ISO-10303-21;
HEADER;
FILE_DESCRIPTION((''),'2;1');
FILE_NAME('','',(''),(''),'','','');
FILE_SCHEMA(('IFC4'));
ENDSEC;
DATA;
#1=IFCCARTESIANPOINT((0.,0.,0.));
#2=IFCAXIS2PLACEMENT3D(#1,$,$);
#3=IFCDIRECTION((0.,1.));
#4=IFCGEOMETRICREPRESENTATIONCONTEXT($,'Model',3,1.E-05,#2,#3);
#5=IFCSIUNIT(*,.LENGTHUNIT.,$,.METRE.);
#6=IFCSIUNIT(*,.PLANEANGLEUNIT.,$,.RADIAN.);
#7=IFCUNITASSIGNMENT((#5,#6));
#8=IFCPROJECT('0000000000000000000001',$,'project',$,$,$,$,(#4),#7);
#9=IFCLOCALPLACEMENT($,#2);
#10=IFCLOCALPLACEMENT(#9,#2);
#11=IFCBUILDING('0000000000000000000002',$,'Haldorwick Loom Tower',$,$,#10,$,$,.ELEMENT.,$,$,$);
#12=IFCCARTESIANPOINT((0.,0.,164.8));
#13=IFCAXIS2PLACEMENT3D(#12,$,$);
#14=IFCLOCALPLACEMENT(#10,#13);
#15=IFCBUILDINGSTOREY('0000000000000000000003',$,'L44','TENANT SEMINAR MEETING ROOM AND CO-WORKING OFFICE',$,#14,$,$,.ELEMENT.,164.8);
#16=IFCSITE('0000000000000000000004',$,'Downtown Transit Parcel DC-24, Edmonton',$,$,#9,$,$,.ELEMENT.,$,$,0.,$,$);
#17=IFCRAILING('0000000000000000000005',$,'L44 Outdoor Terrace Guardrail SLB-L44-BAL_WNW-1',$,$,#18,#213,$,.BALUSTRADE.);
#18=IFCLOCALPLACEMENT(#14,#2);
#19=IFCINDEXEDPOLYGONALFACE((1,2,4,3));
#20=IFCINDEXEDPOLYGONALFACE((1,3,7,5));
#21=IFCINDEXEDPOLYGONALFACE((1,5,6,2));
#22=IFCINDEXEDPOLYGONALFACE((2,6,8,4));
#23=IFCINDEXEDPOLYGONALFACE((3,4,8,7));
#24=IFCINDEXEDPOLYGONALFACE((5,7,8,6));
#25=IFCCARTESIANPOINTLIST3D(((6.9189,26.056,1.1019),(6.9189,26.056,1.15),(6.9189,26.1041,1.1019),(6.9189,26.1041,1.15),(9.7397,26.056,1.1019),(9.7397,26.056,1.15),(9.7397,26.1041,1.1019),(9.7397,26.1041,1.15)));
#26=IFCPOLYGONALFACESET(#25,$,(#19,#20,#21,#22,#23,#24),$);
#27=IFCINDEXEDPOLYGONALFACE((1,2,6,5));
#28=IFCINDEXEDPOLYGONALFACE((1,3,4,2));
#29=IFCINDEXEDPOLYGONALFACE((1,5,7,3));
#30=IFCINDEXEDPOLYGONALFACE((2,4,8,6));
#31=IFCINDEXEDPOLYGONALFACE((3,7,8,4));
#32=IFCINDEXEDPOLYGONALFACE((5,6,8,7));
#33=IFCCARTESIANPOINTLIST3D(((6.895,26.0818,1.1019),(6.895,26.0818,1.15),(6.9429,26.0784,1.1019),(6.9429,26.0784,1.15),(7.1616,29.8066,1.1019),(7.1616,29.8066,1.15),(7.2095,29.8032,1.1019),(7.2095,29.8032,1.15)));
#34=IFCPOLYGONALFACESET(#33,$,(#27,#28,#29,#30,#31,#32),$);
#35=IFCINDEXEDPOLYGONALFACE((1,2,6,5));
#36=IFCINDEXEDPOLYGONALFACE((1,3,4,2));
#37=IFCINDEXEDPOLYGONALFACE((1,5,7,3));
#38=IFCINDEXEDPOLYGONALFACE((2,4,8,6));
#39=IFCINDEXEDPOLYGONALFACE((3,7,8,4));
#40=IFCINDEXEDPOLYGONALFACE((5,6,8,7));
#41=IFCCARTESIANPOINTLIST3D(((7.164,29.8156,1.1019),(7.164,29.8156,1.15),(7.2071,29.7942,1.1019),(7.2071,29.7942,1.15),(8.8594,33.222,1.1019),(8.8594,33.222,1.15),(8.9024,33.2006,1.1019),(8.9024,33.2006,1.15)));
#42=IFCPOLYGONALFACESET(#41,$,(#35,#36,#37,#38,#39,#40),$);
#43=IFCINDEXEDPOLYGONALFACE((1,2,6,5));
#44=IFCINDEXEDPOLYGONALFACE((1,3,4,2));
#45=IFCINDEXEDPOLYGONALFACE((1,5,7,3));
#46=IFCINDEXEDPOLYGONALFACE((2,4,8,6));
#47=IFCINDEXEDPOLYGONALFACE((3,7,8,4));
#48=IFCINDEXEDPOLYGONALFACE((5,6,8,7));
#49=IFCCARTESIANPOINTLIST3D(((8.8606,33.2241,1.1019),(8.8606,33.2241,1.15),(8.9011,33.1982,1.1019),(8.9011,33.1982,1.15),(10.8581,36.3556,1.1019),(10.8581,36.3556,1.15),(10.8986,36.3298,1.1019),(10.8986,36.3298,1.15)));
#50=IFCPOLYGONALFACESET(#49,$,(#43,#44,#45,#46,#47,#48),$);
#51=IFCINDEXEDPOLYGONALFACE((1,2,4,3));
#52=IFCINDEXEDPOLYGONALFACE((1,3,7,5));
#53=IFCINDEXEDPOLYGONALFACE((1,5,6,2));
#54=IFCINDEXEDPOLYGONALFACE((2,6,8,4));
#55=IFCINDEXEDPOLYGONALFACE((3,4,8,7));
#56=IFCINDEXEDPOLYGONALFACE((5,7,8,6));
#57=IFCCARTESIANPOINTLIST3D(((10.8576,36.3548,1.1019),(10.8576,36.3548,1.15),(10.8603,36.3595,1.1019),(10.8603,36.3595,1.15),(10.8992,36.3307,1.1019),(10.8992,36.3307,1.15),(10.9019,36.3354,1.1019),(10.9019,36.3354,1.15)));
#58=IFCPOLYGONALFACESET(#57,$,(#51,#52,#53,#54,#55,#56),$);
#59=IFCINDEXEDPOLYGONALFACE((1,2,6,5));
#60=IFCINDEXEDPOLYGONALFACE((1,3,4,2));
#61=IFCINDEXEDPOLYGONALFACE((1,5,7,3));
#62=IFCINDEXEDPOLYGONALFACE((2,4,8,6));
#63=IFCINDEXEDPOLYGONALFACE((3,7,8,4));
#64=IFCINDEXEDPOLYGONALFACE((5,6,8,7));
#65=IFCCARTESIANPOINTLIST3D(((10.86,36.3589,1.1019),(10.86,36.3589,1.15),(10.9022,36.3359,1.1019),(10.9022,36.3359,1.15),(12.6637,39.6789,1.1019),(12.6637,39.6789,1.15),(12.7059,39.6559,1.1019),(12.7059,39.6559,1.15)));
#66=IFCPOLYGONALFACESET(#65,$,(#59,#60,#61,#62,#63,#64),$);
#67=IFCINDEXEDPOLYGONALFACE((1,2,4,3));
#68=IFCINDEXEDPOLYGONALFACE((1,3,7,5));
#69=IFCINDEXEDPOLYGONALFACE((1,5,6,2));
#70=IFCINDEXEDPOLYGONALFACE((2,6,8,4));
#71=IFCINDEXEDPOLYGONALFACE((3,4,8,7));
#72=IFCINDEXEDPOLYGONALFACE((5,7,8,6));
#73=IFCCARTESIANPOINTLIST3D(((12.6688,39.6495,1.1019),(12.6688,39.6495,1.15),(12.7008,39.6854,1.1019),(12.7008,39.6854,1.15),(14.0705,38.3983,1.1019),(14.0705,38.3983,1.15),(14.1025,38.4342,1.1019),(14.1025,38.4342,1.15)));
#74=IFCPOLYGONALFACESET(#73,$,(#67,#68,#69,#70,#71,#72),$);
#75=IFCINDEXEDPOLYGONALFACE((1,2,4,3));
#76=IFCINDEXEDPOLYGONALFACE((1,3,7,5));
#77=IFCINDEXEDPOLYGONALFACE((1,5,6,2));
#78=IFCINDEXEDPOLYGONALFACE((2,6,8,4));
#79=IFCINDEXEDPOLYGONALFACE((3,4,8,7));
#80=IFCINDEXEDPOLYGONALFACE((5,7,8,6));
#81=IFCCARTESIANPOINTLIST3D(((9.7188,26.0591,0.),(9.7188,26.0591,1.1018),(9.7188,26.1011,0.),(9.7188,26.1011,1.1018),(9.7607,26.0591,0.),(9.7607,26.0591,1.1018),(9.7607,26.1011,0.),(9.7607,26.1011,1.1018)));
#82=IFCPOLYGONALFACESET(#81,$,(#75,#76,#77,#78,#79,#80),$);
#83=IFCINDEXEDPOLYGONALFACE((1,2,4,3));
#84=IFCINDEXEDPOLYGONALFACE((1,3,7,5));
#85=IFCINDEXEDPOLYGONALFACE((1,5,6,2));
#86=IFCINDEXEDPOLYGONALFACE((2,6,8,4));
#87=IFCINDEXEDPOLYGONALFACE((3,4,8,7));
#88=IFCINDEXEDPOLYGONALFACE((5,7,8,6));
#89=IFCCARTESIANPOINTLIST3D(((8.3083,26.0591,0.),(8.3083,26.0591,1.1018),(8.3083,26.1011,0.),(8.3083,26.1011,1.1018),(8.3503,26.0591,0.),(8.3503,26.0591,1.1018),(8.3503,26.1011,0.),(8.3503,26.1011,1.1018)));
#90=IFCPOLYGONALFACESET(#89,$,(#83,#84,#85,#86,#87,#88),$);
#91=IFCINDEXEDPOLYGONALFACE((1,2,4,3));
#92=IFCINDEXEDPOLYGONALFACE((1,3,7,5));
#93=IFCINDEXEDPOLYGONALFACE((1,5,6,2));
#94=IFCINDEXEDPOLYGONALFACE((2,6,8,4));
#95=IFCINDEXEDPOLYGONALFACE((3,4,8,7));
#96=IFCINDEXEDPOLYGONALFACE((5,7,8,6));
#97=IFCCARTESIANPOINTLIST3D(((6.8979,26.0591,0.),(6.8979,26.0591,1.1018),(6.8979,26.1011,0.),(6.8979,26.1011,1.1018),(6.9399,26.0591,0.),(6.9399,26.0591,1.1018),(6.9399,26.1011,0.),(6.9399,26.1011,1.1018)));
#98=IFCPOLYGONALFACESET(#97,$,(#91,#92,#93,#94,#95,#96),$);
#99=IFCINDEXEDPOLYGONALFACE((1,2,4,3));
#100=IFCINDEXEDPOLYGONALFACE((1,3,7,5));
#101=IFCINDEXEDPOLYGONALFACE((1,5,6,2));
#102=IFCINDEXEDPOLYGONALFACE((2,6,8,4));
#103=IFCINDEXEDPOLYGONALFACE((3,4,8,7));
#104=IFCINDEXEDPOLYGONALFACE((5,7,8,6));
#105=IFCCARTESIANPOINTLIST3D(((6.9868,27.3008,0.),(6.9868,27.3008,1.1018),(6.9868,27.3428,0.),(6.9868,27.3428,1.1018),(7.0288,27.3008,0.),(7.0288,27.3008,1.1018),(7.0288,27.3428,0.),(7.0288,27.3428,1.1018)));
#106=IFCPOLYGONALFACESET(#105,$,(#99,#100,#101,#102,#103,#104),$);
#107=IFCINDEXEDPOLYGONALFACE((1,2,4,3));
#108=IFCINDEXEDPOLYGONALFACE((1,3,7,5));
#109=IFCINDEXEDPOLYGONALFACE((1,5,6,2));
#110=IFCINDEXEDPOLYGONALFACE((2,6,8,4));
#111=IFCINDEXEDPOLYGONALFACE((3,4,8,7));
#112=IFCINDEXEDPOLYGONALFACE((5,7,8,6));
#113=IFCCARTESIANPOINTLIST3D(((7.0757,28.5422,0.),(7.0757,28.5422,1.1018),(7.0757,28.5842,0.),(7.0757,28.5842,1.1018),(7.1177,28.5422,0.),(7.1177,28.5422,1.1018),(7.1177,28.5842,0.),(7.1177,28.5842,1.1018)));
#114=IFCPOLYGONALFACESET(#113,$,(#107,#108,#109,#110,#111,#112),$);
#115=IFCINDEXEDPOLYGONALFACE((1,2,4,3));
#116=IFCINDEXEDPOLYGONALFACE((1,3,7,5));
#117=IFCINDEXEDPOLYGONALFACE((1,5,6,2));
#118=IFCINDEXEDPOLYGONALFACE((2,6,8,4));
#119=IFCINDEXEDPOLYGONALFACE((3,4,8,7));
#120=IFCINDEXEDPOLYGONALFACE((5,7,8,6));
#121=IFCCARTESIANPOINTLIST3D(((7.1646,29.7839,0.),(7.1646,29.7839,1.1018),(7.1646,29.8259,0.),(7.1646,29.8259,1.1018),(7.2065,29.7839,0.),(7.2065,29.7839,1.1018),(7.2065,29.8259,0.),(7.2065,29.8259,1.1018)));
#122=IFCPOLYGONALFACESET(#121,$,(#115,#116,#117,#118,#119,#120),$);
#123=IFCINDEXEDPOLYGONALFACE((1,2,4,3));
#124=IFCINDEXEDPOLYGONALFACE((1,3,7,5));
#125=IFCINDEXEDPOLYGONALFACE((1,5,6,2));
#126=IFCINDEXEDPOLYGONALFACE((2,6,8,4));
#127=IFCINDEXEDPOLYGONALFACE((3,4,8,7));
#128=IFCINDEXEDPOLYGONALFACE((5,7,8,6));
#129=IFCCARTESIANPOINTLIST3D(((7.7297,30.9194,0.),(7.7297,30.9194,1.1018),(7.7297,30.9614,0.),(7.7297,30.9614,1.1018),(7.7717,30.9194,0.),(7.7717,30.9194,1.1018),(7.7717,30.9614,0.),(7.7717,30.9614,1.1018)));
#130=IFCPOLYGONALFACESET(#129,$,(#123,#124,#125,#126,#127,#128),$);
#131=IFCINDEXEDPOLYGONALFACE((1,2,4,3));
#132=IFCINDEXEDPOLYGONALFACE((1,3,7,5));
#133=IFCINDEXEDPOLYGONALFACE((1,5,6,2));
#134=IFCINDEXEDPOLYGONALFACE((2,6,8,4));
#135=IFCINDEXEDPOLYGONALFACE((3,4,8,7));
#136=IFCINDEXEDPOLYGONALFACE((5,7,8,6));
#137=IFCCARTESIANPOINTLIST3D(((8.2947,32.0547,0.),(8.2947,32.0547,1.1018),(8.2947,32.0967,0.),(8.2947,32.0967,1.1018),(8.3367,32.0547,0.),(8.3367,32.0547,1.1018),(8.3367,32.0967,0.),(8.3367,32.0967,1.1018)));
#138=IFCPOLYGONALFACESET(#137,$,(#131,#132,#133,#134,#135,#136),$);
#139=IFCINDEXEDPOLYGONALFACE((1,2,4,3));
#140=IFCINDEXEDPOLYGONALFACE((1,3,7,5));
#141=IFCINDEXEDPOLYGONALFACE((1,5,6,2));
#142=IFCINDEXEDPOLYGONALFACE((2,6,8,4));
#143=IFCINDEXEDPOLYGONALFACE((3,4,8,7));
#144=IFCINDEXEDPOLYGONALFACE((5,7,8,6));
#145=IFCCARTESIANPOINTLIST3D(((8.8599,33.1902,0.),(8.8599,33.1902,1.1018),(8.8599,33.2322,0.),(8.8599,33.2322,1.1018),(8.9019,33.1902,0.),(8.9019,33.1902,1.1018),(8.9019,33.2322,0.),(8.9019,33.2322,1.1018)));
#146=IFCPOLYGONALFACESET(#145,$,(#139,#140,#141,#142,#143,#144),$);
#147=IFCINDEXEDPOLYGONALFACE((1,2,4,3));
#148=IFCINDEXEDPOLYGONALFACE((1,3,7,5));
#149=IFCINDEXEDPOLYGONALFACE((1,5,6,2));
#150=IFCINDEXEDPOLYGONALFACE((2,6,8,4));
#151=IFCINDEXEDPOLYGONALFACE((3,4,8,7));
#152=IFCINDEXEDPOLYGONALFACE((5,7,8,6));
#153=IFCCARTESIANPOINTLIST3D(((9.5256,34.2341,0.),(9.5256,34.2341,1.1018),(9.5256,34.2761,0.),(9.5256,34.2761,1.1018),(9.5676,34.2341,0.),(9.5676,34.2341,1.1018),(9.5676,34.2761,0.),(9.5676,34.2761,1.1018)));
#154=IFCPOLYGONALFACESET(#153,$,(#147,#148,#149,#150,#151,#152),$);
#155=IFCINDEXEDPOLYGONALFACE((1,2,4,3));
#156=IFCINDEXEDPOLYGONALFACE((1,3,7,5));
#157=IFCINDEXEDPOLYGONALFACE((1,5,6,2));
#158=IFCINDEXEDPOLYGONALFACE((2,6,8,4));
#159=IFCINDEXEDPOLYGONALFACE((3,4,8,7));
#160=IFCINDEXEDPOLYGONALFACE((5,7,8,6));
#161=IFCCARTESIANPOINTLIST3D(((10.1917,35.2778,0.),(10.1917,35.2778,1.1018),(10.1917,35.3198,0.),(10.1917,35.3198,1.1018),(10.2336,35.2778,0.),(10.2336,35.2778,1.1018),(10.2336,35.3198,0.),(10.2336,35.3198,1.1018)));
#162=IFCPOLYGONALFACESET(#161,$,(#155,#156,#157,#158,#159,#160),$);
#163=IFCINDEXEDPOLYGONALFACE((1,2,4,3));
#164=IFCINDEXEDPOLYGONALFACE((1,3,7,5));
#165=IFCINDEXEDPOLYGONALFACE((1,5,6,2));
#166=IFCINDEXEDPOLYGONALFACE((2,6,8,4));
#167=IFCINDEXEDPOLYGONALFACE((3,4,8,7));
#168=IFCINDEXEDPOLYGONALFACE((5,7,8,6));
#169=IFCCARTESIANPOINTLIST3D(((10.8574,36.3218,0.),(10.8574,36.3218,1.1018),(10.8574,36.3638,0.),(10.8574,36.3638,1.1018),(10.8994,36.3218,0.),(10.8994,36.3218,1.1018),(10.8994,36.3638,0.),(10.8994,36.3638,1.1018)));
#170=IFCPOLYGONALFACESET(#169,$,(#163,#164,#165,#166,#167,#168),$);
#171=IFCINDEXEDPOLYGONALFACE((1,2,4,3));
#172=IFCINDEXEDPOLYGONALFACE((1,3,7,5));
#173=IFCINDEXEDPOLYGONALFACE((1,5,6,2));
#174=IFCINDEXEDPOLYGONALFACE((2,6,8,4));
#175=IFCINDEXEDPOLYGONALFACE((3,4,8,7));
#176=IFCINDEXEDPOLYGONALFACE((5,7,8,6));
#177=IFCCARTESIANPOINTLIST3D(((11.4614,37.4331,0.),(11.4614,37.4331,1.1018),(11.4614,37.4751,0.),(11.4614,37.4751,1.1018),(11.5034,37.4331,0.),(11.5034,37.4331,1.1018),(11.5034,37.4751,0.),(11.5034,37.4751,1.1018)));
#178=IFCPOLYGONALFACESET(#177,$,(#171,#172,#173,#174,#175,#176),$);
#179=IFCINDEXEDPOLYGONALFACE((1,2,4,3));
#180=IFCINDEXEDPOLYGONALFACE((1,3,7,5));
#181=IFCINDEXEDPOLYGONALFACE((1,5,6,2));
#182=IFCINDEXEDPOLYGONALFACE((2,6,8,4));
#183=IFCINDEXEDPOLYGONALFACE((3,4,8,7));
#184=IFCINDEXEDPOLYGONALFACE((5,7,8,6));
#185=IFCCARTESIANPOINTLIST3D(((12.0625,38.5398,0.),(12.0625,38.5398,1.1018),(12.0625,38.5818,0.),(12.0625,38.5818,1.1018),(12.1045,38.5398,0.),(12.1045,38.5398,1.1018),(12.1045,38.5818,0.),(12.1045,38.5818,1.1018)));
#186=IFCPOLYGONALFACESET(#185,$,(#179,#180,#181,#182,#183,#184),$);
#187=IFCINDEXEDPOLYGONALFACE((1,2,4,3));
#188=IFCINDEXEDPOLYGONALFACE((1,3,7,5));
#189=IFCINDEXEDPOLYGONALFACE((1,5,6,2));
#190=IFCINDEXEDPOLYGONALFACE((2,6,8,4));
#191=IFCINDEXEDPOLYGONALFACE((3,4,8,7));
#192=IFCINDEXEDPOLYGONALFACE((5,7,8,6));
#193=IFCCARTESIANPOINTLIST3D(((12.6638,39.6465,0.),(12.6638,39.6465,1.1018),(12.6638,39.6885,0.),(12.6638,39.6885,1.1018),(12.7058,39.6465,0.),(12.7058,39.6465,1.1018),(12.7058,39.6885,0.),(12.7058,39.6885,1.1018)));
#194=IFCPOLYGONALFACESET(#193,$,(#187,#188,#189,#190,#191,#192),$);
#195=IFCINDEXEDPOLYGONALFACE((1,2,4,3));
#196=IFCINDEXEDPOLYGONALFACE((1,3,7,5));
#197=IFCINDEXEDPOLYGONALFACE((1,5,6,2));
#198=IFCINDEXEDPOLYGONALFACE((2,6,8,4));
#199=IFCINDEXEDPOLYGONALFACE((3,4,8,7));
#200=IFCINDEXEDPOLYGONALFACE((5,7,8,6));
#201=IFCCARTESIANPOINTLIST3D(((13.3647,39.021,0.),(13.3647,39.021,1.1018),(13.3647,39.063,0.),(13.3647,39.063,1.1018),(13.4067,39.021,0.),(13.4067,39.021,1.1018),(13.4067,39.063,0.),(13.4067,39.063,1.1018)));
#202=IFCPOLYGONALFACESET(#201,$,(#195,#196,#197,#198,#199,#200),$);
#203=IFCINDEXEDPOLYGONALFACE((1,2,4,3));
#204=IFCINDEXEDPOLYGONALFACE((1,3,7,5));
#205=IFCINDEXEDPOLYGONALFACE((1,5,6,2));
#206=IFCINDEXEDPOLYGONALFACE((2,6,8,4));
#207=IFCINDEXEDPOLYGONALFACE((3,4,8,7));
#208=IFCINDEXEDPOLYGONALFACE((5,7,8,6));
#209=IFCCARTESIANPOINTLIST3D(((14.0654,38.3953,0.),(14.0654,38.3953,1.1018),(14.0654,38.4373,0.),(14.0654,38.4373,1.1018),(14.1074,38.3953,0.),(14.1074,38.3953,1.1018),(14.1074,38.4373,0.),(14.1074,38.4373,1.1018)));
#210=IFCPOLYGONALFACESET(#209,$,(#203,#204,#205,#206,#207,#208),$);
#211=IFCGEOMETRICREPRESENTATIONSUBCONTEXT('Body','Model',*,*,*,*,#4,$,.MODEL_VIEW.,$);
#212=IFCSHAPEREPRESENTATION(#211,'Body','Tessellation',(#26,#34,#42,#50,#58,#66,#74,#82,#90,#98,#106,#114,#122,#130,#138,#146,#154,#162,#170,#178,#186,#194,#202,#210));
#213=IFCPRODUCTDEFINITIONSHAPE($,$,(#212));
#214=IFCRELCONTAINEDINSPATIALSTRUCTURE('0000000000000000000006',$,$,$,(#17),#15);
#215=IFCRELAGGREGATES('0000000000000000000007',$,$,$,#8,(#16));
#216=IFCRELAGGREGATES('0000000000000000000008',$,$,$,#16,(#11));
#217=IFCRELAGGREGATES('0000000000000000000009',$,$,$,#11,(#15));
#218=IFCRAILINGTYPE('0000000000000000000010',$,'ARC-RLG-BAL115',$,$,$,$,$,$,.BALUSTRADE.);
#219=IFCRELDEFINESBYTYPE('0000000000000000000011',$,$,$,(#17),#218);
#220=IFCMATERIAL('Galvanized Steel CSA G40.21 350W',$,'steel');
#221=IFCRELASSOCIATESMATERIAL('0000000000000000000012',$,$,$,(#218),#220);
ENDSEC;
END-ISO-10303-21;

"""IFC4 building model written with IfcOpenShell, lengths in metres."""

from ifc_helpers import new_model, si_unit, direction, frame, origin, origin_2d, place, context, subcontext, project, spatial, rectangle, extrude, material, type_object, element, save


model = new_model("IFC4")

# Units and contexts
model_context = context("Model", 3, precision=1e-05, world=origin(), true_north=direction((0.0, 1.0)))
body_context = subcontext(model_context, "Body", "Model", "MODEL_VIEW")
ifc_project = project(units=[si_unit("LENGTHUNIT", "METRE"), si_unit("PLANEANGLEUNIT", "RADIAN")], contexts=[model_context])

# Site, building, storey
site_placement = place(None, origin())
site = spatial("IfcSite", under=ifc_project, at=site_placement, Name="Downtown Transit Parcel DC-24, Edmonton", CompositionType="ELEMENT", RefElevation=0.0)
building_placement = place(site_placement, origin())
building = spatial("IfcBuilding", under=site, at=building_placement, Name="Haldorwick Loom Tower", CompositionType="ELEMENT")
storey_placement = place(building_placement, frame((0.0, 0.0, 164.8)))
storey = spatial("IfcBuildingStorey", under=building, at=storey_placement, Name="L44", Description="TENANT SEMINAR MEETING ROOM AND CO-WORKING OFFICE", CompositionType="ELEMENT", Elevation=164.8)

# Railing
ifc_material_1 = material(Name="Galvanized Steel CSA G40.21 350W", Category="steel")
railing_type = type_object("IfcRailingType", Name="ARC-RLG-BAL115", PredefinedType="BALUSTRADE", material=ifc_material_1)
railing_placement = place(storey_placement, frame((9.7397, 26.0801, 0.0)))
element("IfcRailing", 1, at=railing_placement, inside=storey, type_object=railing_type, Name="L44 Outdoor Terrace Guardrail SLB-L44-BAL_WNW-1", PredefinedType="BALUSTRADE", context=body_context, shape_type="SweptSolid", body=[
    extrude(rectangle(XDim=0.0481, YDim=0.0481, at=origin_2d()), frame((0.0, 0.0, 1.126), z_axis=(-1.0, 0.0, 0.0), x_axis=(0.0, -1.0, 0.0)), (0.0, 0.0, 1.0), 2.8208),
    extrude(rectangle(XDim=0.0481, YDim=0.0481, at=origin_2d()), frame((-2.8208, 0.0, 1.126), z_axis=(0.071391, 0.997448, 0.0), x_axis=(-0.997448, 0.071391, 0.0)), (0.0, 0.0, 1.0), 3.7344),
    extrude(rectangle(XDim=0.0481, YDim=0.0481, at=origin_2d()), frame((-2.5542, 3.7249, 1.126), z_axis=(0.44557, 0.895247, 0.0), x_axis=(-0.895247, 0.44557, 0.0)), (0.0, 0.0, 1.0), 3.8049),
    extrude(rectangle(XDim=0.0481, YDim=0.0481, at=origin_2d()), frame((-0.8589, 7.1311, 1.126), z_axis=(0.537781, 0.843085, 0.0), x_axis=(-0.843085, 0.537781, 0.0)), (0.0, 0.0, 1.0), 3.7144),
    extrude(rectangle(XDim=0.0481, YDim=0.0481, at=origin_2d()), frame((1.1387, 10.2627, 1.126), z_axis=(0.501036, 0.865426, 0.0), x_axis=(-0.865426, 0.501036, 0.0)), (0.0, 0.0, 1.0), 0.0054),
    extrude(rectangle(XDim=0.0481, YDim=0.0481, at=origin_2d()), frame((1.1414, 10.2673, 1.126), z_axis=(0.477376, 0.878699, 0.0), x_axis=(-0.878699, 0.477376, 0.0)), (0.0, 0.0, 1.0), 3.7783),
    extrude(rectangle(XDim=0.0481, YDim=0.0481, at=origin_2d()), frame((2.9451, 13.5874, 1.126), z_axis=(0.745995, -0.665951, 0.0), x_axis=(0.665951, 0.745995, 0.0)), (0.0, 0.0, 1.0), 1.8789),
    extrude(rectangle(XDim=0.042, YDim=0.042, at=origin_2d()), origin(), (0.0, 0.0, 1.0), 1.1018),
    extrude(rectangle(XDim=0.042, YDim=0.042, at=origin_2d()), frame((-1.4104, 0.0, 0.0)), (0.0, 0.0, 1.0), 1.1018),
    extrude(rectangle(XDim=0.042, YDim=0.042, at=origin_2d()), frame((-2.8208, 0.0, 0.0)), (0.0, 0.0, 1.0), 1.1018),
    extrude(rectangle(XDim=0.042, YDim=0.042, at=origin_2d()), frame((-2.7319, 1.2417, 0.0)), (0.0, 0.0, 1.0), 1.1018),
    extrude(rectangle(XDim=0.042, YDim=0.042, at=origin_2d()), frame((-2.6431, 2.4832, 0.0)), (0.0, 0.0, 1.0), 1.1018),
    extrude(rectangle(XDim=0.042, YDim=0.042, at=origin_2d()), frame((-2.5542, 3.7249, 0.0)), (0.0, 0.0, 1.0), 1.1018),
    extrude(rectangle(XDim=0.042, YDim=0.042, at=origin_2d()), frame((-1.989, 4.8604, 0.0)), (0.0, 0.0, 1.0), 1.1018),
    extrude(rectangle(XDim=0.042, YDim=0.042, at=origin_2d()), frame((-1.4241, 5.9956, 0.0)), (0.0, 0.0, 1.0), 1.1018),
    extrude(rectangle(XDim=0.042, YDim=0.042, at=origin_2d()), frame((-0.8589, 7.1311, 0.0)), (0.0, 0.0, 1.0), 1.1018),
    extrude(rectangle(XDim=0.042, YDim=0.042, at=origin_2d()), frame((-0.1931, 8.175, 0.0)), (0.0, 0.0, 1.0), 1.1018),
    extrude(rectangle(XDim=0.042, YDim=0.042, at=origin_2d()), frame((0.4729, 9.2188, 0.0)), (0.0, 0.0, 1.0), 1.1018),
    extrude(rectangle(XDim=0.042, YDim=0.042, at=origin_2d()), frame((1.1387, 10.2627, 0.0)), (0.0, 0.0, 1.0), 1.1018),
    extrude(rectangle(XDim=0.042, YDim=0.042, at=origin_2d()), frame((1.7427, 11.374, 0.0)), (0.0, 0.0, 1.0), 1.1018),
    extrude(rectangle(XDim=0.042, YDim=0.042, at=origin_2d()), frame((2.3438, 12.4807, 0.0)), (0.0, 0.0, 1.0), 1.1018),
    extrude(rectangle(XDim=0.042, YDim=0.042, at=origin_2d()), frame((2.9451, 13.5874, 0.0)), (0.0, 0.0, 1.0), 1.1018),
    extrude(rectangle(XDim=0.042, YDim=0.042, at=origin_2d()), frame((3.646, 12.9619, 0.0)), (0.0, 0.0, 1.0), 1.1018),
    extrude(rectangle(XDim=0.042, YDim=0.042, at=origin_2d()), frame((4.3467, 12.3362, 0.0)), (0.0, 0.0, 1.0), 1.1018),
])

save(model, "model.ifc")
